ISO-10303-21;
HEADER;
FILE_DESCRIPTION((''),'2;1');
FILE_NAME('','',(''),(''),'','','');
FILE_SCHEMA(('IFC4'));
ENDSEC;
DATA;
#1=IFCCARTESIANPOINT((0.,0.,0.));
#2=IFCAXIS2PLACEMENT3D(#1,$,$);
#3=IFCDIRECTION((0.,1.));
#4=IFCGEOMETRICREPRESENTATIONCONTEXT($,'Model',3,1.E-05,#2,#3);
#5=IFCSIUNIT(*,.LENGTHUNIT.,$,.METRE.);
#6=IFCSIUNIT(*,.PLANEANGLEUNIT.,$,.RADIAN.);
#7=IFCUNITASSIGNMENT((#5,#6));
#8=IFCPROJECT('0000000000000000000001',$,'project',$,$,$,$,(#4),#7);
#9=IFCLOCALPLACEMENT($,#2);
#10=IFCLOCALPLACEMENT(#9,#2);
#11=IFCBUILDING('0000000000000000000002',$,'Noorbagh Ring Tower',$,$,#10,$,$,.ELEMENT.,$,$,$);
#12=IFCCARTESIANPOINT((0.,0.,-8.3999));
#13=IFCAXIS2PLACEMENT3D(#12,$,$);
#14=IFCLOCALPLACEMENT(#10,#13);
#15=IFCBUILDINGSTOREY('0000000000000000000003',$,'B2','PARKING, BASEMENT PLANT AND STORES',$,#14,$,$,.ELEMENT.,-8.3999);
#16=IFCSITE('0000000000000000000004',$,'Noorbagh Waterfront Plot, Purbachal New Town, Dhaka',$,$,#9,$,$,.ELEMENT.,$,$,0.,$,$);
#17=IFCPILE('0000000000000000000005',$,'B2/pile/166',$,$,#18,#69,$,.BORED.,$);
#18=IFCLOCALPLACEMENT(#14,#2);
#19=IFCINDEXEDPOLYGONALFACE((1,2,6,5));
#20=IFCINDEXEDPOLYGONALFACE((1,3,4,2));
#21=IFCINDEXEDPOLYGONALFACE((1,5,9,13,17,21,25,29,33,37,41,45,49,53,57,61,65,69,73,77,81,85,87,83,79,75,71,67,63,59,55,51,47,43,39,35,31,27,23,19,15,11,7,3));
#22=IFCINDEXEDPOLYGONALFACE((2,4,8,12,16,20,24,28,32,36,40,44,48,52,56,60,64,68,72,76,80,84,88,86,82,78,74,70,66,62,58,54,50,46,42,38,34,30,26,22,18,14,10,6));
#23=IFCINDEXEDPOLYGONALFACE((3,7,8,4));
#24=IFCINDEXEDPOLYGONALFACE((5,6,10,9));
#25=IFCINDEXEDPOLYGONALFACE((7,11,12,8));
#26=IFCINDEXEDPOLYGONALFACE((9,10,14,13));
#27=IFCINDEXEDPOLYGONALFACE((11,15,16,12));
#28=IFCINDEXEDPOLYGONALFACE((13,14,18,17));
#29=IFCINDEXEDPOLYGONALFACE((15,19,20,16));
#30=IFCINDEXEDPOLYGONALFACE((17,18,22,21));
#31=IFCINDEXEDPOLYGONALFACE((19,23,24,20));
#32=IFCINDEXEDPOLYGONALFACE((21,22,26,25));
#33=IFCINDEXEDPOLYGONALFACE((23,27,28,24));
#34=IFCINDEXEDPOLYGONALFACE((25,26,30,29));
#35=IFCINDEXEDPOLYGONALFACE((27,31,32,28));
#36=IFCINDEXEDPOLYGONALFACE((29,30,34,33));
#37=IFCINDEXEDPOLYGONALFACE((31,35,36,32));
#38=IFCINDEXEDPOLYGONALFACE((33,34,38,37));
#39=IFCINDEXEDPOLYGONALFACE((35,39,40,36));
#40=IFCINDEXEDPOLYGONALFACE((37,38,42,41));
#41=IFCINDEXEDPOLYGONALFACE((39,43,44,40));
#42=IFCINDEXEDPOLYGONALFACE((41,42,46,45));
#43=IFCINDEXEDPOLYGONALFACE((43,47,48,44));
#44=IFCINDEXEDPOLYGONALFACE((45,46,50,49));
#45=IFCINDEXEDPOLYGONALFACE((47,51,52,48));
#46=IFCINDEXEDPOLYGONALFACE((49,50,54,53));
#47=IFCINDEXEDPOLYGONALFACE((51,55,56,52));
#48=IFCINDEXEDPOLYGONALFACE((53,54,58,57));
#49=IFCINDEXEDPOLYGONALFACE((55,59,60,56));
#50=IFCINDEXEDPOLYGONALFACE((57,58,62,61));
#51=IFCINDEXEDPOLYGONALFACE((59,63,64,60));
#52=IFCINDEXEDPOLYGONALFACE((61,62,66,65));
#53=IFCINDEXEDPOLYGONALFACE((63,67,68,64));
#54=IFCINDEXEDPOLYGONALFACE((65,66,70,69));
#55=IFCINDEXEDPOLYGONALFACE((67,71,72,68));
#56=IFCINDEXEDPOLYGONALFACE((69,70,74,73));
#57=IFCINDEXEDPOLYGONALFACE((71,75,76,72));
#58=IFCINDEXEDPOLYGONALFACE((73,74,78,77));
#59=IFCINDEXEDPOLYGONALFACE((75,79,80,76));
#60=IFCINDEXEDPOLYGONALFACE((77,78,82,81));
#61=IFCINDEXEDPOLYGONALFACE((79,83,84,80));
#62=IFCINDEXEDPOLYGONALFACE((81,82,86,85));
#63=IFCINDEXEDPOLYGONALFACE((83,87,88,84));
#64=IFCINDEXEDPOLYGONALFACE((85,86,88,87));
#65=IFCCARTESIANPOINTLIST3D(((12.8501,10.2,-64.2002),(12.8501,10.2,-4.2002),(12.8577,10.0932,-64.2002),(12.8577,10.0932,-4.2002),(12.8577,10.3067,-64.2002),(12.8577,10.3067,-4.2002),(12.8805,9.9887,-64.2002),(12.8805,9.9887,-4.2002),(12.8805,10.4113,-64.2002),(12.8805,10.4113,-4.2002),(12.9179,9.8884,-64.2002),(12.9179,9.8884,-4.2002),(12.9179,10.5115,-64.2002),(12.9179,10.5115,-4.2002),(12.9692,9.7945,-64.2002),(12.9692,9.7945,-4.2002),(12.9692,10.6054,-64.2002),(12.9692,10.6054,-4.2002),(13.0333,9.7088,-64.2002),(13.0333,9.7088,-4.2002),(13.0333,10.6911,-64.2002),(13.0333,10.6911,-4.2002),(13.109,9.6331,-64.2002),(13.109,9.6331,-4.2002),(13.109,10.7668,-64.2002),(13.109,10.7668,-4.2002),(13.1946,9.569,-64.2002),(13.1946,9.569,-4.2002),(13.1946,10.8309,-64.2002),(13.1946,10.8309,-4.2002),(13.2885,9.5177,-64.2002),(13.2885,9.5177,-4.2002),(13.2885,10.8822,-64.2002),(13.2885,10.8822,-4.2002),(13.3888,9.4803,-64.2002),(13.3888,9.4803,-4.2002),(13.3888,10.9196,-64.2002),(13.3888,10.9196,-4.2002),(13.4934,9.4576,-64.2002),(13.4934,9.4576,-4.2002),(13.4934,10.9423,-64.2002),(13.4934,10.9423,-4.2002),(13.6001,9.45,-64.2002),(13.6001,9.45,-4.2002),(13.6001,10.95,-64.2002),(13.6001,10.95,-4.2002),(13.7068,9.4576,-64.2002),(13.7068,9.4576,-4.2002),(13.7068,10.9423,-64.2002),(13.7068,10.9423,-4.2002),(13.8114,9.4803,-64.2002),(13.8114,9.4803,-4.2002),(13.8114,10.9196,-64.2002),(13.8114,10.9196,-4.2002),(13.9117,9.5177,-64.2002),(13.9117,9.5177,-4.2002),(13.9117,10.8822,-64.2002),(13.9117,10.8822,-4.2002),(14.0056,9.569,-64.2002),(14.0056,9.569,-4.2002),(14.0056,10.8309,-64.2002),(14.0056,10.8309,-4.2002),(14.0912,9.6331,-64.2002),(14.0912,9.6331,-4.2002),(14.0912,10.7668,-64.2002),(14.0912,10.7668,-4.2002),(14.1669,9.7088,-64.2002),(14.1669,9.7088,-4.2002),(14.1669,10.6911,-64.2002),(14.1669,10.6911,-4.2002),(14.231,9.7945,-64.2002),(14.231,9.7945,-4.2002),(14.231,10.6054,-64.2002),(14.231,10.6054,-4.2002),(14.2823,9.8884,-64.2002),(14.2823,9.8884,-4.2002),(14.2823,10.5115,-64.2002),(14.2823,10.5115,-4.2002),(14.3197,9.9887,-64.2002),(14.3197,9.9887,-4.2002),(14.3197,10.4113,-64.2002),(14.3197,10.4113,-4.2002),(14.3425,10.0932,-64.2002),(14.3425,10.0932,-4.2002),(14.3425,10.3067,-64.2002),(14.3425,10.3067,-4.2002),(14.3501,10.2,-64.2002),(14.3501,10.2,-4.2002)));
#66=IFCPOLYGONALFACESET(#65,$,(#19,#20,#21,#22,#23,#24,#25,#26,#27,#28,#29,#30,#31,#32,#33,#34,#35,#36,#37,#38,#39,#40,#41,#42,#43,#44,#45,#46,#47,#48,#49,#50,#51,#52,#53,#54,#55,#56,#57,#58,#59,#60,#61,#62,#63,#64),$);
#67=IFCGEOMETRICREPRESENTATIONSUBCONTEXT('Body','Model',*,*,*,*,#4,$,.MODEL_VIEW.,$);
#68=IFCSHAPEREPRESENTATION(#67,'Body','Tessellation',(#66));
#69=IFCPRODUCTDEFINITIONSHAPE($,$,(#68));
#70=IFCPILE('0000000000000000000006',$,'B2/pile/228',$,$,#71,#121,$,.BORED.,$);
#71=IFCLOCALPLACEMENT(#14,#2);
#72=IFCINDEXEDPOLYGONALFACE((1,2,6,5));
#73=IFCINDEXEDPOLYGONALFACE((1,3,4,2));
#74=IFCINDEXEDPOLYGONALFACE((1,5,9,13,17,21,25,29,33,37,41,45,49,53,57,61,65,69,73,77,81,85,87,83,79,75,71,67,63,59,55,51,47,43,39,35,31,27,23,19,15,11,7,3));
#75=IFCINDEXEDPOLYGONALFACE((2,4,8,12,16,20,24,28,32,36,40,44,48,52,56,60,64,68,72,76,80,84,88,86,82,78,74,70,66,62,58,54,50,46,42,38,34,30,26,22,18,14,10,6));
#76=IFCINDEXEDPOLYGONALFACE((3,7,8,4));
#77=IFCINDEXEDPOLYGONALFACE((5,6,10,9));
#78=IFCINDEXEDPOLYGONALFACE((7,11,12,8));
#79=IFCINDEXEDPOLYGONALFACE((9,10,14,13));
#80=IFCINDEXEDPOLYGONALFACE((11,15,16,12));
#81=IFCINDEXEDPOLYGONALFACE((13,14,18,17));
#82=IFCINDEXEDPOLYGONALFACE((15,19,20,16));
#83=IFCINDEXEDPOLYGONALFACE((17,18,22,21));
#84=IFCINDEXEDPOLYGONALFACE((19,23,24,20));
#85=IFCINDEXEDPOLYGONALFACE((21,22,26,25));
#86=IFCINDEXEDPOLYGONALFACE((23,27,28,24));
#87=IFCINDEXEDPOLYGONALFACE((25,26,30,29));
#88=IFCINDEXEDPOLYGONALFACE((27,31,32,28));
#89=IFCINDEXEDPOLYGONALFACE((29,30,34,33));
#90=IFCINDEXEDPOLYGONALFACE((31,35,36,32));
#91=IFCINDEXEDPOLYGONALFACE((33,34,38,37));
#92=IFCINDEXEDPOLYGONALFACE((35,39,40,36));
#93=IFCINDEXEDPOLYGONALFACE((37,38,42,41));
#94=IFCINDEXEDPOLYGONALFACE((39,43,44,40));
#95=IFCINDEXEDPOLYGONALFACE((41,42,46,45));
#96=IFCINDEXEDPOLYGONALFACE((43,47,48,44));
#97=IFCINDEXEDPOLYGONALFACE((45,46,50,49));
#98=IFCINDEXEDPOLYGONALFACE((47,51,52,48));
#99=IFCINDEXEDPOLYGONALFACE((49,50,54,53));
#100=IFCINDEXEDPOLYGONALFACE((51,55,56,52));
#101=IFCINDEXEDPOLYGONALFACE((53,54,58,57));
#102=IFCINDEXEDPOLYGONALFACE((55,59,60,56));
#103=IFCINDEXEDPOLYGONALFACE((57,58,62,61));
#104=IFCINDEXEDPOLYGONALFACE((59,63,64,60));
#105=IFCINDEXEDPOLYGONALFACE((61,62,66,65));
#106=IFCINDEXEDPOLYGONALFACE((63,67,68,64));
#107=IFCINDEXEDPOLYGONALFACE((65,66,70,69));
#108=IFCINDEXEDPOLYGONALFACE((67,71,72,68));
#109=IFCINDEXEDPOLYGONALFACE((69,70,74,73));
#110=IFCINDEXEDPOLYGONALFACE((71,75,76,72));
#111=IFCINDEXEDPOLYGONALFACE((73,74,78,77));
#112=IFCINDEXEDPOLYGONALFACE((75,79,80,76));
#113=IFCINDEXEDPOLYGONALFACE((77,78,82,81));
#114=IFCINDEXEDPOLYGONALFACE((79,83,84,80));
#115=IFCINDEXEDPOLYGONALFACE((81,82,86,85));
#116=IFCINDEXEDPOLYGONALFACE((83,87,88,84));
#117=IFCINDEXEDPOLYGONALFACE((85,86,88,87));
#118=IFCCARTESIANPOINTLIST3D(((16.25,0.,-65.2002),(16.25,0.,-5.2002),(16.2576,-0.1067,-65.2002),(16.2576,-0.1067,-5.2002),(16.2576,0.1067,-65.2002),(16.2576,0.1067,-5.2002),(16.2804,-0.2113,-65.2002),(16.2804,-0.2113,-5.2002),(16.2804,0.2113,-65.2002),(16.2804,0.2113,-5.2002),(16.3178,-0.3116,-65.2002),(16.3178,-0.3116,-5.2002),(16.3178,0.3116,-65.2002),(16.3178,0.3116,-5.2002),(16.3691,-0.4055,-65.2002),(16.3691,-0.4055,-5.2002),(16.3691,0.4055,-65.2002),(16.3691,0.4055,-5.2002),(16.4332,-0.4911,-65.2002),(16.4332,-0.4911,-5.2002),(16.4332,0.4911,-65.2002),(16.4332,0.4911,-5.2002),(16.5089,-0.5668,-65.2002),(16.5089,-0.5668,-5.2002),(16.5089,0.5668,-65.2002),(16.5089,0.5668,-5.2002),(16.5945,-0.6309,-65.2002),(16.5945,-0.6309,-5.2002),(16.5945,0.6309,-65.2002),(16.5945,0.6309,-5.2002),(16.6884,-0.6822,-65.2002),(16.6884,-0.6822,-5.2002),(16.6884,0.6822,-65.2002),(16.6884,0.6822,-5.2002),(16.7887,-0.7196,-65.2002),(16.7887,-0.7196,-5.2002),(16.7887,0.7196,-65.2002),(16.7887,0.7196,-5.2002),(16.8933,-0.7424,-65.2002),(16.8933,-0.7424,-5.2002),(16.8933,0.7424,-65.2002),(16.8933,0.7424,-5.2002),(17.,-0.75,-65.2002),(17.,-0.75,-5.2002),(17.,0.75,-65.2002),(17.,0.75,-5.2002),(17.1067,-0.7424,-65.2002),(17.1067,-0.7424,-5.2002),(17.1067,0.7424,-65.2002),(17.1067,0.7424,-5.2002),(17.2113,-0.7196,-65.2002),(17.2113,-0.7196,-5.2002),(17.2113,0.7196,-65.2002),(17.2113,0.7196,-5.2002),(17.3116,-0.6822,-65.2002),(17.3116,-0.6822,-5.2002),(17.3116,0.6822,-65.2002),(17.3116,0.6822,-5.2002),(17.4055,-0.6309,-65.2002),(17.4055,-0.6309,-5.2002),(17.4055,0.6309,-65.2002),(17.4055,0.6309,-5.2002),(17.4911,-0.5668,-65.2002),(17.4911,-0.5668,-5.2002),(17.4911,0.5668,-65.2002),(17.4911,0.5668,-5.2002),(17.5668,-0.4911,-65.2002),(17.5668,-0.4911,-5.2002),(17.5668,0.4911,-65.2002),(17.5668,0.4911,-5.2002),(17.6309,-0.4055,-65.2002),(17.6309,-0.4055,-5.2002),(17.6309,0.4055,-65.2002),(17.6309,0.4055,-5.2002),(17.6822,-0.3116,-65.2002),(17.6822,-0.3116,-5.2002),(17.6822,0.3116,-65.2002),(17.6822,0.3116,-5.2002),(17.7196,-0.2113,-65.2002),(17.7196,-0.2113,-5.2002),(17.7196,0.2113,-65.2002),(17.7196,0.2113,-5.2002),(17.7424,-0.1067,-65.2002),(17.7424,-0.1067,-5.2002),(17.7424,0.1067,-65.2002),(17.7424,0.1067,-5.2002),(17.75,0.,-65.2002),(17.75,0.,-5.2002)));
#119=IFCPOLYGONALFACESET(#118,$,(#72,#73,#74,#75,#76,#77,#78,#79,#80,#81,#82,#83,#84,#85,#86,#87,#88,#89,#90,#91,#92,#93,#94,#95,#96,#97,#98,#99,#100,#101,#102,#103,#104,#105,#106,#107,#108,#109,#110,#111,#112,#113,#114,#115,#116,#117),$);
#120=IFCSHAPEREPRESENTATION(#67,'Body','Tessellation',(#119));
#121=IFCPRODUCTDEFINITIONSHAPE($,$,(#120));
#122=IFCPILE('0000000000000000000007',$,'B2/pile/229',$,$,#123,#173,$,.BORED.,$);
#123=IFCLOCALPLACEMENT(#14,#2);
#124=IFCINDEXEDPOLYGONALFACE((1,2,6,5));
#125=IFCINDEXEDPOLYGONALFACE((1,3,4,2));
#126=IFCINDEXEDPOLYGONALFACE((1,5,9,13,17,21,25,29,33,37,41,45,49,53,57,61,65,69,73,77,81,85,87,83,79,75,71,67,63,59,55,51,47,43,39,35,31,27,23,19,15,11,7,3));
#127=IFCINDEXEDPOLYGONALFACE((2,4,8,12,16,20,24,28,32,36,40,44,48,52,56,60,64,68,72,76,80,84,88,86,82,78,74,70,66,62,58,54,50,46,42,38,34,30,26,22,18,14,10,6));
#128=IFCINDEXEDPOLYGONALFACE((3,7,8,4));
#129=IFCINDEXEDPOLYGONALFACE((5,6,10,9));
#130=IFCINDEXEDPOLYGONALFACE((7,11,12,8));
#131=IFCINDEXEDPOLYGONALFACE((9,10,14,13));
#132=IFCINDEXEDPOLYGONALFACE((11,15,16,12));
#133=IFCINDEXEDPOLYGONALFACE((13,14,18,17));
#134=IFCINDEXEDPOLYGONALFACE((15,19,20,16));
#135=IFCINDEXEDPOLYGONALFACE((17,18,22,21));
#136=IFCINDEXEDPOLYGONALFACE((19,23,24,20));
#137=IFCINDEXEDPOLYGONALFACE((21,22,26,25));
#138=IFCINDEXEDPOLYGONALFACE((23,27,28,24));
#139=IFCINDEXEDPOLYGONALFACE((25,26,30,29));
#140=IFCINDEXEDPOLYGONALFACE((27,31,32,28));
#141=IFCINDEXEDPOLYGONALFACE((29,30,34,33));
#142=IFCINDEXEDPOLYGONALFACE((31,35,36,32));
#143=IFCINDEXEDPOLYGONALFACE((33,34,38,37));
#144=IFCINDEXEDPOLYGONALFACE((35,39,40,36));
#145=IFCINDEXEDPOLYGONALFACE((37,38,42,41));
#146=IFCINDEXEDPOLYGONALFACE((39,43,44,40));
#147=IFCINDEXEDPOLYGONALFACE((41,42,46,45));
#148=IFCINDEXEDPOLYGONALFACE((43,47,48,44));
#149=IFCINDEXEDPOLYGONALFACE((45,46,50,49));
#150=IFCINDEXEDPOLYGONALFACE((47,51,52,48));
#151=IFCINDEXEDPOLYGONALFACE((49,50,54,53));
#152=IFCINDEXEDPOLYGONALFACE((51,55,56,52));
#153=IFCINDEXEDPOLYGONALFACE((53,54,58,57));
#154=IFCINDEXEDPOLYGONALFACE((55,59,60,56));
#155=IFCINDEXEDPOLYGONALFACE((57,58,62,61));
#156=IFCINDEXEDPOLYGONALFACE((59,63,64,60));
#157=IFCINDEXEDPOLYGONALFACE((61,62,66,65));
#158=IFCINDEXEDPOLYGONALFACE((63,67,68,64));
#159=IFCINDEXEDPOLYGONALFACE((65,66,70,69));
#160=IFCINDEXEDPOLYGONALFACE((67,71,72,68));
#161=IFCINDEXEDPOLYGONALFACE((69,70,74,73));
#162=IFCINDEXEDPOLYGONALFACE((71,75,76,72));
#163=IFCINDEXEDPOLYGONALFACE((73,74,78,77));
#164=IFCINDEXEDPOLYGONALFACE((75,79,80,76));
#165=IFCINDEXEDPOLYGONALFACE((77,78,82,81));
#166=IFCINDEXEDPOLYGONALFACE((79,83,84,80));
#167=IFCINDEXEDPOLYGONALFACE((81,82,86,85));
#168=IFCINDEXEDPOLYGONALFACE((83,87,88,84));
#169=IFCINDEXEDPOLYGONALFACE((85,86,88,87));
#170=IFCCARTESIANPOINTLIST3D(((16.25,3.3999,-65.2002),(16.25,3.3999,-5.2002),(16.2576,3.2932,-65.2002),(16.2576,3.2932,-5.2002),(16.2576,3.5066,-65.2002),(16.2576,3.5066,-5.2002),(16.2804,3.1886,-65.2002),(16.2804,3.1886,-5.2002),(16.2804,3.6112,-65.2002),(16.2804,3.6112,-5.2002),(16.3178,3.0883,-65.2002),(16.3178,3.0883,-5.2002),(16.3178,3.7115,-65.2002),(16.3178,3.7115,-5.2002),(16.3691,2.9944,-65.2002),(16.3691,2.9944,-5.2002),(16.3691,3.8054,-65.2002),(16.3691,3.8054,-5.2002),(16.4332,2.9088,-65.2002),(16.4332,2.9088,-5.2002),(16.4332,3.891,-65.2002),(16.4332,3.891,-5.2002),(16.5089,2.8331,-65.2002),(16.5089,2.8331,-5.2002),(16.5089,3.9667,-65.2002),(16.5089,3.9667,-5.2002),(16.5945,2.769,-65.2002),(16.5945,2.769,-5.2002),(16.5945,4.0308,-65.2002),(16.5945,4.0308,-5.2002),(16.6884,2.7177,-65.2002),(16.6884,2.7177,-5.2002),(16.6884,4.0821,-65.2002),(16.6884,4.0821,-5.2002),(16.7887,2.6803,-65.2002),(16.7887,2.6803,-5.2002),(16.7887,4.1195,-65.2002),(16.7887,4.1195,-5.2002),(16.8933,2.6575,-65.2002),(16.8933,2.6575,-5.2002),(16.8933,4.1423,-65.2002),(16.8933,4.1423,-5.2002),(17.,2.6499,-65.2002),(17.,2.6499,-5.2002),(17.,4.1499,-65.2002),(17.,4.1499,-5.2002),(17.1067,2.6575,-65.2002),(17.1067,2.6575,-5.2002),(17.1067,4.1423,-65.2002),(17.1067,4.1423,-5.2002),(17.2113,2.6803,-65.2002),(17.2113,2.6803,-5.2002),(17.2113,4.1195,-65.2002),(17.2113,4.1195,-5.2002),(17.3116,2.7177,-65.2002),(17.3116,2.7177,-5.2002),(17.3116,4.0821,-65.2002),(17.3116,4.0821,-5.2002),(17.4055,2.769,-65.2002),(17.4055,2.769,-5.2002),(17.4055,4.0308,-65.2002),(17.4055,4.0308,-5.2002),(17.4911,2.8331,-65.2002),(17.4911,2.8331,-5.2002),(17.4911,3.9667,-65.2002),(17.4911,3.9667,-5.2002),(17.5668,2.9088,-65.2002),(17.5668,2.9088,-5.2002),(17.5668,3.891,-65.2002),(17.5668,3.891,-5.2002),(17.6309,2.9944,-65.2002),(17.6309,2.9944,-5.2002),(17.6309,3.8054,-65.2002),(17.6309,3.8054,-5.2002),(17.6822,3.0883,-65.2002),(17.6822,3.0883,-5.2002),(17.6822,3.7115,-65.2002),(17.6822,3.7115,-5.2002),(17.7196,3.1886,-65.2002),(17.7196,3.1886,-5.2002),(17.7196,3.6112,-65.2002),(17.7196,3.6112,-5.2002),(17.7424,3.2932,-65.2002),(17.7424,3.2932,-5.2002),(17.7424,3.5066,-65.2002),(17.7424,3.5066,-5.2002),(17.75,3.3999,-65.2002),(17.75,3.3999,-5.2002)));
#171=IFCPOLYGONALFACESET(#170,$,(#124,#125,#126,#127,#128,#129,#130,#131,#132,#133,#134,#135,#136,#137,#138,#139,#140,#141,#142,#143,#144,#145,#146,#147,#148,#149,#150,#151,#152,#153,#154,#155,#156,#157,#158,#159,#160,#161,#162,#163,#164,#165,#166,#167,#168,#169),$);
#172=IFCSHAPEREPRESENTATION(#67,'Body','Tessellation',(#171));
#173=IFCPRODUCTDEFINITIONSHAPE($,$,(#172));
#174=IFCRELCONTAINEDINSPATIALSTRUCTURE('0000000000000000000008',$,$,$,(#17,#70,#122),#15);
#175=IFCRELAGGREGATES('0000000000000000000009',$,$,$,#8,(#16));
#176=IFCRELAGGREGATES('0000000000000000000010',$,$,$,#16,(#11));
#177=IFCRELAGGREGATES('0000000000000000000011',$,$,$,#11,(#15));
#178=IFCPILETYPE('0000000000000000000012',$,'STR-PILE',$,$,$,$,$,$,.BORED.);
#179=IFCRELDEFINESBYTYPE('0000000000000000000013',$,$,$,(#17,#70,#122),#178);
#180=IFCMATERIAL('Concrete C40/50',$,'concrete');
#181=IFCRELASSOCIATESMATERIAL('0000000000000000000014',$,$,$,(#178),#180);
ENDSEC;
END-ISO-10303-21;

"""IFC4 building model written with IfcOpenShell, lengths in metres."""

from ifc_helpers import new_model, si_unit, direction, frame, origin, origin_2d, place, context, subcontext, project, spatial, circle, extrude, material, material_profile, profile_set, type_object, element, save


model = new_model("IFC4")

# Units and contexts
model_context = context("Model", 3, precision=1e-05, world=origin(), true_north=direction((0.0, 1.0)))
body_context = subcontext(model_context, "Body", "Model", "MODEL_VIEW")
ifc_project = project(units=[si_unit("LENGTHUNIT", "METRE"), si_unit("PLANEANGLEUNIT", "RADIAN")], contexts=[model_context])

# Site, building, storey
site_placement = place(None, origin())
site = spatial("IfcSite", under=ifc_project, at=site_placement, Name="Noorbagh Waterfront Plot, Purbachal New Town, Dhaka", CompositionType="ELEMENT", RefElevation=0.0)
building_placement = place(site_placement, origin())
building = spatial("IfcBuilding", under=site, at=building_placement, Name="Noorbagh Ring Tower", CompositionType="ELEMENT")
storey_placement = place(building_placement, frame((0.0, 0.0, -8.3999)))
storey = spatial("IfcBuildingStorey", under=building, at=storey_placement, Name="B2", Description="PARKING, BASEMENT PLANT AND STORES", CompositionType="ELEMENT", Elevation=-8.3999)

# Piles
ifc_material_1 = material(Name="Concrete C40/50", Category="concrete")
ifc_material_profile_1 = material_profile(ifc_material_1, circle(Radius=0.75, at=origin_2d()), Name="PILE1500")
ifc_profile_set_1 = profile_set([ifc_material_profile_1], Name="Concrete C40/50")
pile_type = type_object("IfcPileType", Name="STR-PILE", PredefinedType="BORED", material=ifc_profile_set_1)
for number, where, z_axis, x_axis, name in (
    (1, (13.6001, 10.2, -4.2002), (0.0, 0.0, -1.0), (1.0, 0.0, 0.0), "B2/pile/166"),
    (2, (17.0, 0.0, -5.2002), (0.0, 0.0, -1.0), (1.0, 0.0, 0.0), "B2/pile/228"),
    (3, (17.0, 3.3999, -5.2002), (0.0, 0.0, -1.0), (1.0, 0.0, 0.0), "B2/pile/229"),
):
    element("IfcPile", number, at=place(storey_placement, frame(where, z_axis=z_axis, x_axis=x_axis)), inside=storey, type_object=pile_type, Name=name, PredefinedType="BORED", context=body_context, shape_type="SweptSolid", body=[
        extrude(circle(Radius=0.75, at=origin_2d()), origin(), (0.0, 0.0, 1.0), 60.0),
    ])

save(model, "model.ifc")
